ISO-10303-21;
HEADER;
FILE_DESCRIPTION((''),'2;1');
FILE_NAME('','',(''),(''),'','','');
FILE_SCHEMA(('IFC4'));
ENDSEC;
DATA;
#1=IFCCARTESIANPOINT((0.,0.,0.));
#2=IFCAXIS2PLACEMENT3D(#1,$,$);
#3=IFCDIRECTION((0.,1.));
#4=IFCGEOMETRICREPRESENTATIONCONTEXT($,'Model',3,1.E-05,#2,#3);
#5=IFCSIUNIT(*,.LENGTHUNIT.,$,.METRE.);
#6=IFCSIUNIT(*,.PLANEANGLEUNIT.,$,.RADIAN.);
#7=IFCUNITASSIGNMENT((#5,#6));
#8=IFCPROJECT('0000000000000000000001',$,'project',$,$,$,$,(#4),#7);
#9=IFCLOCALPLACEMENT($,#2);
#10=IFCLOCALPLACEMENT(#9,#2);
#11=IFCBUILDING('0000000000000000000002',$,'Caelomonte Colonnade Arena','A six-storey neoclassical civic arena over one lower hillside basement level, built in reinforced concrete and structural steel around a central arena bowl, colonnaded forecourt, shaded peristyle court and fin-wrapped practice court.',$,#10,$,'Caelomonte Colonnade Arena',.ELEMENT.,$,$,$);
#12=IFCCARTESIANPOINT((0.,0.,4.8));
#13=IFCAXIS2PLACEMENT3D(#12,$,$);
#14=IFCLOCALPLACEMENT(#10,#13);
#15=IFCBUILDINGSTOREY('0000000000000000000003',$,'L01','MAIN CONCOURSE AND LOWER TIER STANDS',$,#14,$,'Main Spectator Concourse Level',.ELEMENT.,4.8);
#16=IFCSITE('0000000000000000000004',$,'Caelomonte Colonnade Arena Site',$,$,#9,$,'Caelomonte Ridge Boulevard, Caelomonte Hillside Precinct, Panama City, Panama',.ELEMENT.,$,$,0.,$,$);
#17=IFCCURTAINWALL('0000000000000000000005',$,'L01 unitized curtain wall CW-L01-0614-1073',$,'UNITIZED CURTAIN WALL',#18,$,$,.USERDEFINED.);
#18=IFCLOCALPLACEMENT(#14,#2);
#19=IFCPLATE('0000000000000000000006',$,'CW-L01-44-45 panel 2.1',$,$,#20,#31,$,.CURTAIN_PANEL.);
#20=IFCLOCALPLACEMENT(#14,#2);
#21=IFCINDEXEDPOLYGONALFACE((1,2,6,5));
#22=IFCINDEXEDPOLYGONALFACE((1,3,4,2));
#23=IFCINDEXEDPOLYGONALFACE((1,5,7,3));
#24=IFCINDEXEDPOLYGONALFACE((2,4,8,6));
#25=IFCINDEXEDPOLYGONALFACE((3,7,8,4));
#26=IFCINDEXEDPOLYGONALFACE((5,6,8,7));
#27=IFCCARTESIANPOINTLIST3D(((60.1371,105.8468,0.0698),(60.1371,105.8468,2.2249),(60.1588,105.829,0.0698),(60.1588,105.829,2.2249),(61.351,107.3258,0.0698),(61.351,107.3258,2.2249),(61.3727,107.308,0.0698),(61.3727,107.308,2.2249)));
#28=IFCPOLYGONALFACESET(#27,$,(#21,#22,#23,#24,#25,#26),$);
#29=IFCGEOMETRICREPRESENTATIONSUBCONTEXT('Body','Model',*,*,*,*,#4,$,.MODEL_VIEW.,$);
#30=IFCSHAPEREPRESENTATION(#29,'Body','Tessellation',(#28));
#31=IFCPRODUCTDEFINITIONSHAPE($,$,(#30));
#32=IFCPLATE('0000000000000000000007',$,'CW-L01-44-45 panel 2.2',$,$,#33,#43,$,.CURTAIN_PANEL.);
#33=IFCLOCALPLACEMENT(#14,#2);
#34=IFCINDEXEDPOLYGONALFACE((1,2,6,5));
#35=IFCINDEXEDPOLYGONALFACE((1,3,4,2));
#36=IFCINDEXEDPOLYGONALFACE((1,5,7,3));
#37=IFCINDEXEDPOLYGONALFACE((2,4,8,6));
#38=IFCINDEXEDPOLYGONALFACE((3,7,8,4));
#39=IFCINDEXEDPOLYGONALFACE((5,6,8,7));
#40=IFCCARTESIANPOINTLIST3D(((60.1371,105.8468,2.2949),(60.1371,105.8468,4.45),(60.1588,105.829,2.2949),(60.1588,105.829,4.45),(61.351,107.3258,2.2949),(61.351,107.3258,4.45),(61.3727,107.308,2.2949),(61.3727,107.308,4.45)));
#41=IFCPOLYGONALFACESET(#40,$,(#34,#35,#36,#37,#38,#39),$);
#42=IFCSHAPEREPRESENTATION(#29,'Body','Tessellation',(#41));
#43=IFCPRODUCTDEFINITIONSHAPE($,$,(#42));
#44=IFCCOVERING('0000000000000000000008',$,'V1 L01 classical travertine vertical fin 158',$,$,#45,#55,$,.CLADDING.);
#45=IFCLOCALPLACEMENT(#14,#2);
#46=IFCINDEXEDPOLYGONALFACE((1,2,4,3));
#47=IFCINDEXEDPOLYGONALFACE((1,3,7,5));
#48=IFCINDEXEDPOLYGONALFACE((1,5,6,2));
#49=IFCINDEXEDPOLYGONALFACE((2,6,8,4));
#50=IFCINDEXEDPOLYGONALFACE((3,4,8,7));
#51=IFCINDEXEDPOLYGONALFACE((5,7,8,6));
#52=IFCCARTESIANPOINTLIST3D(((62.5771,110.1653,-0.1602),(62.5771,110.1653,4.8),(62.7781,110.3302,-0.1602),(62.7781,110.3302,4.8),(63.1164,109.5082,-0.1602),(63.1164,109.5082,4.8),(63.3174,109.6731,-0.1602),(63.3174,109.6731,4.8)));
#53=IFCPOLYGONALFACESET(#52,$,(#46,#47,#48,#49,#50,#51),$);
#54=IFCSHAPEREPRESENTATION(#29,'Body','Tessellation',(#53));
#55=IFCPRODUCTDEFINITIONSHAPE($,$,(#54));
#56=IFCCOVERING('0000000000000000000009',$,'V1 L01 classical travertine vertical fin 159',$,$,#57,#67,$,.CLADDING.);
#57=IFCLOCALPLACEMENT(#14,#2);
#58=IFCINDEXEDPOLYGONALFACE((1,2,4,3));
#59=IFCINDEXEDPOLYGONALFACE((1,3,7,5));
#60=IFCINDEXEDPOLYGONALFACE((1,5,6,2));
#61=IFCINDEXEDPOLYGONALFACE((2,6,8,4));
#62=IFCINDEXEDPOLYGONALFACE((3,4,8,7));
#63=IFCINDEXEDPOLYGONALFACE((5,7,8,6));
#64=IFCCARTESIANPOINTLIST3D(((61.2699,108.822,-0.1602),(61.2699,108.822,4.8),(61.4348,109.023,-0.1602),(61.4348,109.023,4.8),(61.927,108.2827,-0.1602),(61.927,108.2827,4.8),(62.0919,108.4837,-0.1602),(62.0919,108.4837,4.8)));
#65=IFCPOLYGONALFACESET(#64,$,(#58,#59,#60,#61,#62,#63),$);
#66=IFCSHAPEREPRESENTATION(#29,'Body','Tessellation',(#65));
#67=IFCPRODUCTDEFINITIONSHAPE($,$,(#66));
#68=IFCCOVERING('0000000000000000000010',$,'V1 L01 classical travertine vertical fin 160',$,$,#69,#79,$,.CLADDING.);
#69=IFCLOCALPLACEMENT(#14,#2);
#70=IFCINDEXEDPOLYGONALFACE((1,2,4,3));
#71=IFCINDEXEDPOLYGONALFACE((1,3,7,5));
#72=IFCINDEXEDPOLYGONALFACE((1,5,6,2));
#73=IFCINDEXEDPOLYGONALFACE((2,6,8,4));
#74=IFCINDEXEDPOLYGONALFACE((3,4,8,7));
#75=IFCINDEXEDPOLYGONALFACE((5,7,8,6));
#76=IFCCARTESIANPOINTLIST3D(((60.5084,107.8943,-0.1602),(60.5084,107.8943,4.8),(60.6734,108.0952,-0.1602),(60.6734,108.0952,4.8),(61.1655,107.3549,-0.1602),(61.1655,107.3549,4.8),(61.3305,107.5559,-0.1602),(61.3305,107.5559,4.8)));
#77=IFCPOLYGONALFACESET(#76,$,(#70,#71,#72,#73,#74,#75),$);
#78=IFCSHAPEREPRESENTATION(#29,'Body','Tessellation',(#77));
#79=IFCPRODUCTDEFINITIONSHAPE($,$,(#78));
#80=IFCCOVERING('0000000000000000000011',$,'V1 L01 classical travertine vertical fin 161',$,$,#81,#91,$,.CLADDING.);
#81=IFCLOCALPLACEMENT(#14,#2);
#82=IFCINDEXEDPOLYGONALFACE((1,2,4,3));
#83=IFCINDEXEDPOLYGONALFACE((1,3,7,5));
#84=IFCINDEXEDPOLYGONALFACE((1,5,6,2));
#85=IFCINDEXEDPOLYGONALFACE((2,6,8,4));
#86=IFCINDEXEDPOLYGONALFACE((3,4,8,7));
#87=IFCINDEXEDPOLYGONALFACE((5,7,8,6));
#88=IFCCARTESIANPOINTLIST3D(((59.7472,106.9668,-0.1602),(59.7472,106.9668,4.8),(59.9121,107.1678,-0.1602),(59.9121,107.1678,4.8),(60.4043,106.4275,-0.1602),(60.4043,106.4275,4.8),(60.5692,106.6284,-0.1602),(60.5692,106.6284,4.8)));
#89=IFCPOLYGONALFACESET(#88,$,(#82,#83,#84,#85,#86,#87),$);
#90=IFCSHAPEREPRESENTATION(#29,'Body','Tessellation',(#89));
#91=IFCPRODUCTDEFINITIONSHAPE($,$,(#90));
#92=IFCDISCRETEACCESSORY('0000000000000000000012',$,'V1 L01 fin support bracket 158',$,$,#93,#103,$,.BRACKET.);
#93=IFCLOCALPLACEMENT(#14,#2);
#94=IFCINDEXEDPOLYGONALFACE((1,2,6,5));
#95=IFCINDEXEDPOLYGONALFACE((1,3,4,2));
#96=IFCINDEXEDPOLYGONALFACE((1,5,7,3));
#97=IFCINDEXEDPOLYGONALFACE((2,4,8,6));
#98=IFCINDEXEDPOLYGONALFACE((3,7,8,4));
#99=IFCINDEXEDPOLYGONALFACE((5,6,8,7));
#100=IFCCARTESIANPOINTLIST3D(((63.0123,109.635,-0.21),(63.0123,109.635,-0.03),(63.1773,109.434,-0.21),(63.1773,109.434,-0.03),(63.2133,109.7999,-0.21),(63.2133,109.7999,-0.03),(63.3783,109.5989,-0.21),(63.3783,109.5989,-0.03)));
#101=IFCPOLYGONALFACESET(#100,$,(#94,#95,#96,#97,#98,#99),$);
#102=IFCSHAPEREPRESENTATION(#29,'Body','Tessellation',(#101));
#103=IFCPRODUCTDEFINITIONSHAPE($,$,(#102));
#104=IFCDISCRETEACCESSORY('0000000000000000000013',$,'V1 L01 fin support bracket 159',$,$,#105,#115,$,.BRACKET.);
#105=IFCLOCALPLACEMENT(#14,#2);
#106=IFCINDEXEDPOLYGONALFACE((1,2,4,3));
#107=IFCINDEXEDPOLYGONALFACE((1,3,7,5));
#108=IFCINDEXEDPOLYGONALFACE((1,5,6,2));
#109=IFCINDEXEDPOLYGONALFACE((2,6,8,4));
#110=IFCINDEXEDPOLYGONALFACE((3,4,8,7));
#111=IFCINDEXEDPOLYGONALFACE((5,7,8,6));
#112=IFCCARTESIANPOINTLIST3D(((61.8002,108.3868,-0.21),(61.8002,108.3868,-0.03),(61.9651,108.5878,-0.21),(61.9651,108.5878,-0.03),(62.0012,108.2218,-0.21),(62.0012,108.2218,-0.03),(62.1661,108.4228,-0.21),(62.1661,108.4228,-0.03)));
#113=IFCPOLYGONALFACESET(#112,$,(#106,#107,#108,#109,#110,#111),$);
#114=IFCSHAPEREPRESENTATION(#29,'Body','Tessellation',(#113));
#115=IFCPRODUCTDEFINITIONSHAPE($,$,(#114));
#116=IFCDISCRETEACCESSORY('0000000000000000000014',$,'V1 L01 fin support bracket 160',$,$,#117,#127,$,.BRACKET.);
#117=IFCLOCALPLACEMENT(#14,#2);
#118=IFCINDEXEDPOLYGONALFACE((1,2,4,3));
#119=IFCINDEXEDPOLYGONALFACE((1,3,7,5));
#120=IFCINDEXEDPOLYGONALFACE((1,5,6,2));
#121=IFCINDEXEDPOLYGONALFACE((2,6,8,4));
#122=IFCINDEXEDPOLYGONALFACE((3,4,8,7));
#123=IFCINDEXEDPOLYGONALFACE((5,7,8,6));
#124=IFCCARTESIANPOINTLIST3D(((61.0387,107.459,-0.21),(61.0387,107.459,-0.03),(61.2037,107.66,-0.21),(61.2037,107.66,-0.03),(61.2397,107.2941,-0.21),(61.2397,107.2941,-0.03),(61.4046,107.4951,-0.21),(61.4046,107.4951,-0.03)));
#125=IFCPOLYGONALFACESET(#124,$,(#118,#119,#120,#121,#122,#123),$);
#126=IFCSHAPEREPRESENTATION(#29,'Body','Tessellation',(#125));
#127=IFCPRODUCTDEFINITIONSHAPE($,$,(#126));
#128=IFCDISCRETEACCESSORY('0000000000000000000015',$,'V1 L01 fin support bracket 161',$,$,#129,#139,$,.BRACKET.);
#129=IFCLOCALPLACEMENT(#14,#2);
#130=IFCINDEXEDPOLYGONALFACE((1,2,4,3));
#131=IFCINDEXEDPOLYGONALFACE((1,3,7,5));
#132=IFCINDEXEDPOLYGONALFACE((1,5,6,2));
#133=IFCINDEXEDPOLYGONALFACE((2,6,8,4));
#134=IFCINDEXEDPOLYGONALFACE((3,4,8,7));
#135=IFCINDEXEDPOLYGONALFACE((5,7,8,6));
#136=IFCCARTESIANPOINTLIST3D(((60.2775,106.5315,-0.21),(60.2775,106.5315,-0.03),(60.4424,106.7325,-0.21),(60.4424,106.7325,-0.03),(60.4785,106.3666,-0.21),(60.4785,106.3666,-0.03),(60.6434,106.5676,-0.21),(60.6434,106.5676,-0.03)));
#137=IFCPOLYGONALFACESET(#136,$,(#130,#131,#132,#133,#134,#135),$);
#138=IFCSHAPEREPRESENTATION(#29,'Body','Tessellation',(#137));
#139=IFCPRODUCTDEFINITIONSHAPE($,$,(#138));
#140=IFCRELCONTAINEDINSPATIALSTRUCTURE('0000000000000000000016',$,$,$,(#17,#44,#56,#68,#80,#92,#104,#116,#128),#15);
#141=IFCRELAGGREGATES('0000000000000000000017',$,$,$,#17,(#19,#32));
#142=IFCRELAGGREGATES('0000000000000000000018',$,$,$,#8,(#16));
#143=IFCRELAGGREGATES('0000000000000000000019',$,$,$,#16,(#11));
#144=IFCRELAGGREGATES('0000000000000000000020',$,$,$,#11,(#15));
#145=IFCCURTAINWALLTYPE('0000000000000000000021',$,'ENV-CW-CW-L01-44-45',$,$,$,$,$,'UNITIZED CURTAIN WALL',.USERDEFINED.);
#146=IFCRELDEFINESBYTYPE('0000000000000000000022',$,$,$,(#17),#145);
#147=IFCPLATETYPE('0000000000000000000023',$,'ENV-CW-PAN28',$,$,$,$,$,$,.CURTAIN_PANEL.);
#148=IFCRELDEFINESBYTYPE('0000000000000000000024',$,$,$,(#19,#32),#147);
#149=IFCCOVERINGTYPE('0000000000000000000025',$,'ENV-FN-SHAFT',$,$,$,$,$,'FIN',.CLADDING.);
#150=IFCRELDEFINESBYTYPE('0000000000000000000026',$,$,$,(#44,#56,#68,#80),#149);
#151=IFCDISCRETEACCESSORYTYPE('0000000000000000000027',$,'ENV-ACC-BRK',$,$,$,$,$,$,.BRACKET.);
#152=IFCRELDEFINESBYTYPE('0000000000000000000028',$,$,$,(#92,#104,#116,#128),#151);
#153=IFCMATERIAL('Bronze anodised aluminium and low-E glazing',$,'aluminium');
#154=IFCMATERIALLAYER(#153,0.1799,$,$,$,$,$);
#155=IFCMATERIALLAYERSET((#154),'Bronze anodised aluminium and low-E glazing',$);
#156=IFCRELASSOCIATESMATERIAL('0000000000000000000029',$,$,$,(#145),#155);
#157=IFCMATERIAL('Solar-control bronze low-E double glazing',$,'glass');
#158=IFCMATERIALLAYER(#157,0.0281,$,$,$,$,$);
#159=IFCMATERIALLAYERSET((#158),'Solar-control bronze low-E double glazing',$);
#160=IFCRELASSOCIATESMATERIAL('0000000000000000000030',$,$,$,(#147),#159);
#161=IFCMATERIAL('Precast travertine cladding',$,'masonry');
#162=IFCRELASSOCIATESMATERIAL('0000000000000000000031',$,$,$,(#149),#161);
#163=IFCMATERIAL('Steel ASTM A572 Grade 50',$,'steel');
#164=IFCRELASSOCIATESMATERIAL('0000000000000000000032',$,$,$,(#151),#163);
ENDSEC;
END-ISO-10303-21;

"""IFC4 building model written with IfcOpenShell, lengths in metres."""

from ifc_helpers import new_model, si_unit, direction, frame, origin, origin_2d, place, context, subcontext, project, spatial, rectangle, extrude, material, layer, layer_set, material_profile, profile_set, type_object, element, aggregate, save


model = new_model("IFC4")

# Units and contexts
model_context = context("Model", 3, precision=1e-05, world=origin(), true_north=direction((0.0, 1.0)))
body_context = subcontext(model_context, "Body", "Model", "MODEL_VIEW")
ifc_project = project(units=[si_unit("LENGTHUNIT", "METRE"), si_unit("PLANEANGLEUNIT", "RADIAN")], contexts=[model_context])

# Site, building, storey
site_placement = place(None, origin())
site = spatial("IfcSite", under=ifc_project, at=site_placement, Name="Caelomonte Colonnade Arena Site", LongName="Caelomonte Ridge Boulevard, Caelomonte Hillside Precinct, Panama City, Panama", CompositionType="ELEMENT", RefElevation=0.0)
building_placement = place(site_placement, origin())
building = spatial("IfcBuilding", under=site, at=building_placement, Name="Caelomonte Colonnade Arena", Description="A six-storey neoclassical civic arena over one lower hillside basement level, built in reinforced concrete and structural steel around a central arena bowl, colonnaded forecourt, shaded peristyle court and fin-wrapped practice court.", LongName="Caelomonte Colonnade Arena", CompositionType="ELEMENT")
storey_placement = place(building_placement, frame((0.0, 0.0, 4.8)))
storey = spatial("IfcBuildingStorey", under=building, at=storey_placement, Name="L01", Description="MAIN CONCOURSE AND LOWER TIER STANDS", LongName="Main Spectator Concourse Level", CompositionType="ELEMENT", Elevation=4.8)

# Shared definitions
ifc_material_1 = material(Name="Bronze anodised aluminium and low-E glazing", Category="aluminium")
ifc_layer_1 = layer(ifc_material_1, 0.1799)
ifc_layer_set_1 = layer_set([ifc_layer_1], Name="Bronze anodised aluminium and low-E glazing")
curtain_wall_type = type_object("IfcCurtainWallType", Name="ENV-CW-CW-L01-44-45", ElementType="UNITIZED CURTAIN WALL", PredefinedType="USERDEFINED", material=ifc_layer_set_1)

# Curtain wall
curtain_wall_1_placement = place(storey_placement, origin())
curtain_wall_1 = element("IfcCurtainWall", 1, at=curtain_wall_1_placement, inside=storey, type_object=curtain_wall_type, Name="L01 unitized curtain wall CW-L01-0614-1073", ObjectType="UNITIZED CURTAIN WALL", PredefinedType="USERDEFINED")

# Plates
ifc_material_2 = material(Name="Solar-control bronze low-E double glazing", Category="glass")
ifc_layer_2 = layer(ifc_material_2, 0.0281)
ifc_layer_set_2 = layer_set([ifc_layer_2], Name="Solar-control bronze low-E double glazing")
plate_type = type_object("IfcPlateType", Name="ENV-CW-PAN28", PredefinedType="CURTAIN_PANEL", material=ifc_layer_set_2)
plate_1_placement = place(storey_placement, frame((60.7549, 106.5774, 0.0698), z_axis=(0.0, 0.0, 1.0), x_axis=(-0.634416, -0.772992, 0.0)))
plate_1 = element("IfcPlate", 2, at=plate_1_placement, type_object=plate_type, Name="CW-L01-44-45 panel 2.1", PredefinedType="CURTAIN_PANEL", context=body_context, shape_type="SweptSolid", body=[
    extrude(rectangle(XDim=1.9133, YDim=0.0281, at=origin_2d()), origin(), (0.0, 0.0, 1.0), 2.155),
])
plate_2_placement = place(storey_placement, frame((60.7549, 106.5774, 2.2949), z_axis=(0.0, 0.0, 1.0), x_axis=(-0.634416, -0.772992, 0.0)))
plate_2 = element("IfcPlate", 3, at=plate_2_placement, type_object=plate_type, Name="CW-L01-44-45 panel 2.2", PredefinedType="CURTAIN_PANEL", context=body_context, shape_type="SweptSolid", body=[
    extrude(rectangle(XDim=1.9133, YDim=0.0281, at=origin_2d()), origin(), (0.0, 0.0, 1.0), 2.155),
])
aggregate(curtain_wall_1, [plate_1, plate_2])

# Coverings
ifc_material_3 = material(Name="Precast travertine cladding", Category="masonry")
ifc_material_profile_1 = material_profile(ifc_material_3, rectangle(XDim=0.26, YDim=0.8501, at=origin_2d()), Name="FIN260X850")
ifc_profile_set_1 = profile_set([ifc_material_profile_1], Name="Precast travertine cladding")
covering_type = type_object("IfcCoveringType", Name="ENV-FN-SHAFT", ElementType="FIN", PredefinedType="CLADDING", material=ifc_profile_set_1)
for number, where, z_axis, x_axis, name in (
    (4, (62.9473, 109.9192, -0.1602), (0.0, 0.0, 1.0), (0.772994, 0.634414, 0.0), "V1 L01 classical travertine vertical fin 158"),
    (5, (61.6809, 108.6528, -0.1602), (0.0, 0.0, 1.0), (0.634414, 0.772994, 0.0), "V1 L01 classical travertine vertical fin 159"),
    (6, (60.9194, 107.7251, -0.1602), (0.0, 0.0, 1.0), (0.634414, 0.772994, 0.0), "V1 L01 classical travertine vertical fin 160"),
    (7, (60.1582, 106.7976, -0.1602), (0.0, 0.0, 1.0), (0.634414, 0.772994, 0.0), "V1 L01 classical travertine vertical fin 161"),
):
    element("IfcCovering", number, at=place(storey_placement, frame(where, z_axis=z_axis, x_axis=x_axis)), inside=storey, type_object=covering_type, Name=name, PredefinedType="CLADDING", context=body_context, shape_type="SweptSolid", body=[
        extrude(rectangle(XDim=0.26, YDim=0.8501, at=origin_2d()), origin(), (0.0, 0.0, 1.0), 4.9602),
    ])

# Discrete accessories
ifc_material_4 = material(Name="Steel ASTM A572 Grade 50", Category="steel")
discrete_accessory_type = type_object("IfcDiscreteAccessoryType", Name="ENV-ACC-BRK", PredefinedType="BRACKET", material=ifc_material_4)
for number, where, z_axis, x_axis, name in (
    (8, (63.1953, 109.6169, -0.21), (0.0, 0.0, 1.0), (-0.772994, -0.634414, 0.0), "V1 L01 fin support bracket 158"),
    (9, (61.9832, 108.4048, -0.21), (0.0, 0.0, 1.0), (-0.634414, -0.772994, 0.0), "V1 L01 fin support bracket 159"),
    (10, (61.2217, 107.4771, -0.21), (0.0, 0.0, 1.0), (-0.634414, -0.772994, 0.0), "V1 L01 fin support bracket 160"),
    (11, (60.4604, 106.5496, -0.21), (0.0, 0.0, 1.0), (-0.634414, -0.772994, 0.0), "V1 L01 fin support bracket 161"),
):
    element("IfcDiscreteAccessory", number, at=place(storey_placement, frame(where, z_axis=z_axis, x_axis=x_axis)), inside=storey, type_object=discrete_accessory_type, Name=name, PredefinedType="BRACKET", context=body_context, shape_type="SweptSolid", body=[
        extrude(rectangle(XDim=0.26, YDim=0.26, at=origin_2d()), origin(), (0.0, 0.0, 1.0), 0.1799),
    ])

save(model, "model.ifc")
